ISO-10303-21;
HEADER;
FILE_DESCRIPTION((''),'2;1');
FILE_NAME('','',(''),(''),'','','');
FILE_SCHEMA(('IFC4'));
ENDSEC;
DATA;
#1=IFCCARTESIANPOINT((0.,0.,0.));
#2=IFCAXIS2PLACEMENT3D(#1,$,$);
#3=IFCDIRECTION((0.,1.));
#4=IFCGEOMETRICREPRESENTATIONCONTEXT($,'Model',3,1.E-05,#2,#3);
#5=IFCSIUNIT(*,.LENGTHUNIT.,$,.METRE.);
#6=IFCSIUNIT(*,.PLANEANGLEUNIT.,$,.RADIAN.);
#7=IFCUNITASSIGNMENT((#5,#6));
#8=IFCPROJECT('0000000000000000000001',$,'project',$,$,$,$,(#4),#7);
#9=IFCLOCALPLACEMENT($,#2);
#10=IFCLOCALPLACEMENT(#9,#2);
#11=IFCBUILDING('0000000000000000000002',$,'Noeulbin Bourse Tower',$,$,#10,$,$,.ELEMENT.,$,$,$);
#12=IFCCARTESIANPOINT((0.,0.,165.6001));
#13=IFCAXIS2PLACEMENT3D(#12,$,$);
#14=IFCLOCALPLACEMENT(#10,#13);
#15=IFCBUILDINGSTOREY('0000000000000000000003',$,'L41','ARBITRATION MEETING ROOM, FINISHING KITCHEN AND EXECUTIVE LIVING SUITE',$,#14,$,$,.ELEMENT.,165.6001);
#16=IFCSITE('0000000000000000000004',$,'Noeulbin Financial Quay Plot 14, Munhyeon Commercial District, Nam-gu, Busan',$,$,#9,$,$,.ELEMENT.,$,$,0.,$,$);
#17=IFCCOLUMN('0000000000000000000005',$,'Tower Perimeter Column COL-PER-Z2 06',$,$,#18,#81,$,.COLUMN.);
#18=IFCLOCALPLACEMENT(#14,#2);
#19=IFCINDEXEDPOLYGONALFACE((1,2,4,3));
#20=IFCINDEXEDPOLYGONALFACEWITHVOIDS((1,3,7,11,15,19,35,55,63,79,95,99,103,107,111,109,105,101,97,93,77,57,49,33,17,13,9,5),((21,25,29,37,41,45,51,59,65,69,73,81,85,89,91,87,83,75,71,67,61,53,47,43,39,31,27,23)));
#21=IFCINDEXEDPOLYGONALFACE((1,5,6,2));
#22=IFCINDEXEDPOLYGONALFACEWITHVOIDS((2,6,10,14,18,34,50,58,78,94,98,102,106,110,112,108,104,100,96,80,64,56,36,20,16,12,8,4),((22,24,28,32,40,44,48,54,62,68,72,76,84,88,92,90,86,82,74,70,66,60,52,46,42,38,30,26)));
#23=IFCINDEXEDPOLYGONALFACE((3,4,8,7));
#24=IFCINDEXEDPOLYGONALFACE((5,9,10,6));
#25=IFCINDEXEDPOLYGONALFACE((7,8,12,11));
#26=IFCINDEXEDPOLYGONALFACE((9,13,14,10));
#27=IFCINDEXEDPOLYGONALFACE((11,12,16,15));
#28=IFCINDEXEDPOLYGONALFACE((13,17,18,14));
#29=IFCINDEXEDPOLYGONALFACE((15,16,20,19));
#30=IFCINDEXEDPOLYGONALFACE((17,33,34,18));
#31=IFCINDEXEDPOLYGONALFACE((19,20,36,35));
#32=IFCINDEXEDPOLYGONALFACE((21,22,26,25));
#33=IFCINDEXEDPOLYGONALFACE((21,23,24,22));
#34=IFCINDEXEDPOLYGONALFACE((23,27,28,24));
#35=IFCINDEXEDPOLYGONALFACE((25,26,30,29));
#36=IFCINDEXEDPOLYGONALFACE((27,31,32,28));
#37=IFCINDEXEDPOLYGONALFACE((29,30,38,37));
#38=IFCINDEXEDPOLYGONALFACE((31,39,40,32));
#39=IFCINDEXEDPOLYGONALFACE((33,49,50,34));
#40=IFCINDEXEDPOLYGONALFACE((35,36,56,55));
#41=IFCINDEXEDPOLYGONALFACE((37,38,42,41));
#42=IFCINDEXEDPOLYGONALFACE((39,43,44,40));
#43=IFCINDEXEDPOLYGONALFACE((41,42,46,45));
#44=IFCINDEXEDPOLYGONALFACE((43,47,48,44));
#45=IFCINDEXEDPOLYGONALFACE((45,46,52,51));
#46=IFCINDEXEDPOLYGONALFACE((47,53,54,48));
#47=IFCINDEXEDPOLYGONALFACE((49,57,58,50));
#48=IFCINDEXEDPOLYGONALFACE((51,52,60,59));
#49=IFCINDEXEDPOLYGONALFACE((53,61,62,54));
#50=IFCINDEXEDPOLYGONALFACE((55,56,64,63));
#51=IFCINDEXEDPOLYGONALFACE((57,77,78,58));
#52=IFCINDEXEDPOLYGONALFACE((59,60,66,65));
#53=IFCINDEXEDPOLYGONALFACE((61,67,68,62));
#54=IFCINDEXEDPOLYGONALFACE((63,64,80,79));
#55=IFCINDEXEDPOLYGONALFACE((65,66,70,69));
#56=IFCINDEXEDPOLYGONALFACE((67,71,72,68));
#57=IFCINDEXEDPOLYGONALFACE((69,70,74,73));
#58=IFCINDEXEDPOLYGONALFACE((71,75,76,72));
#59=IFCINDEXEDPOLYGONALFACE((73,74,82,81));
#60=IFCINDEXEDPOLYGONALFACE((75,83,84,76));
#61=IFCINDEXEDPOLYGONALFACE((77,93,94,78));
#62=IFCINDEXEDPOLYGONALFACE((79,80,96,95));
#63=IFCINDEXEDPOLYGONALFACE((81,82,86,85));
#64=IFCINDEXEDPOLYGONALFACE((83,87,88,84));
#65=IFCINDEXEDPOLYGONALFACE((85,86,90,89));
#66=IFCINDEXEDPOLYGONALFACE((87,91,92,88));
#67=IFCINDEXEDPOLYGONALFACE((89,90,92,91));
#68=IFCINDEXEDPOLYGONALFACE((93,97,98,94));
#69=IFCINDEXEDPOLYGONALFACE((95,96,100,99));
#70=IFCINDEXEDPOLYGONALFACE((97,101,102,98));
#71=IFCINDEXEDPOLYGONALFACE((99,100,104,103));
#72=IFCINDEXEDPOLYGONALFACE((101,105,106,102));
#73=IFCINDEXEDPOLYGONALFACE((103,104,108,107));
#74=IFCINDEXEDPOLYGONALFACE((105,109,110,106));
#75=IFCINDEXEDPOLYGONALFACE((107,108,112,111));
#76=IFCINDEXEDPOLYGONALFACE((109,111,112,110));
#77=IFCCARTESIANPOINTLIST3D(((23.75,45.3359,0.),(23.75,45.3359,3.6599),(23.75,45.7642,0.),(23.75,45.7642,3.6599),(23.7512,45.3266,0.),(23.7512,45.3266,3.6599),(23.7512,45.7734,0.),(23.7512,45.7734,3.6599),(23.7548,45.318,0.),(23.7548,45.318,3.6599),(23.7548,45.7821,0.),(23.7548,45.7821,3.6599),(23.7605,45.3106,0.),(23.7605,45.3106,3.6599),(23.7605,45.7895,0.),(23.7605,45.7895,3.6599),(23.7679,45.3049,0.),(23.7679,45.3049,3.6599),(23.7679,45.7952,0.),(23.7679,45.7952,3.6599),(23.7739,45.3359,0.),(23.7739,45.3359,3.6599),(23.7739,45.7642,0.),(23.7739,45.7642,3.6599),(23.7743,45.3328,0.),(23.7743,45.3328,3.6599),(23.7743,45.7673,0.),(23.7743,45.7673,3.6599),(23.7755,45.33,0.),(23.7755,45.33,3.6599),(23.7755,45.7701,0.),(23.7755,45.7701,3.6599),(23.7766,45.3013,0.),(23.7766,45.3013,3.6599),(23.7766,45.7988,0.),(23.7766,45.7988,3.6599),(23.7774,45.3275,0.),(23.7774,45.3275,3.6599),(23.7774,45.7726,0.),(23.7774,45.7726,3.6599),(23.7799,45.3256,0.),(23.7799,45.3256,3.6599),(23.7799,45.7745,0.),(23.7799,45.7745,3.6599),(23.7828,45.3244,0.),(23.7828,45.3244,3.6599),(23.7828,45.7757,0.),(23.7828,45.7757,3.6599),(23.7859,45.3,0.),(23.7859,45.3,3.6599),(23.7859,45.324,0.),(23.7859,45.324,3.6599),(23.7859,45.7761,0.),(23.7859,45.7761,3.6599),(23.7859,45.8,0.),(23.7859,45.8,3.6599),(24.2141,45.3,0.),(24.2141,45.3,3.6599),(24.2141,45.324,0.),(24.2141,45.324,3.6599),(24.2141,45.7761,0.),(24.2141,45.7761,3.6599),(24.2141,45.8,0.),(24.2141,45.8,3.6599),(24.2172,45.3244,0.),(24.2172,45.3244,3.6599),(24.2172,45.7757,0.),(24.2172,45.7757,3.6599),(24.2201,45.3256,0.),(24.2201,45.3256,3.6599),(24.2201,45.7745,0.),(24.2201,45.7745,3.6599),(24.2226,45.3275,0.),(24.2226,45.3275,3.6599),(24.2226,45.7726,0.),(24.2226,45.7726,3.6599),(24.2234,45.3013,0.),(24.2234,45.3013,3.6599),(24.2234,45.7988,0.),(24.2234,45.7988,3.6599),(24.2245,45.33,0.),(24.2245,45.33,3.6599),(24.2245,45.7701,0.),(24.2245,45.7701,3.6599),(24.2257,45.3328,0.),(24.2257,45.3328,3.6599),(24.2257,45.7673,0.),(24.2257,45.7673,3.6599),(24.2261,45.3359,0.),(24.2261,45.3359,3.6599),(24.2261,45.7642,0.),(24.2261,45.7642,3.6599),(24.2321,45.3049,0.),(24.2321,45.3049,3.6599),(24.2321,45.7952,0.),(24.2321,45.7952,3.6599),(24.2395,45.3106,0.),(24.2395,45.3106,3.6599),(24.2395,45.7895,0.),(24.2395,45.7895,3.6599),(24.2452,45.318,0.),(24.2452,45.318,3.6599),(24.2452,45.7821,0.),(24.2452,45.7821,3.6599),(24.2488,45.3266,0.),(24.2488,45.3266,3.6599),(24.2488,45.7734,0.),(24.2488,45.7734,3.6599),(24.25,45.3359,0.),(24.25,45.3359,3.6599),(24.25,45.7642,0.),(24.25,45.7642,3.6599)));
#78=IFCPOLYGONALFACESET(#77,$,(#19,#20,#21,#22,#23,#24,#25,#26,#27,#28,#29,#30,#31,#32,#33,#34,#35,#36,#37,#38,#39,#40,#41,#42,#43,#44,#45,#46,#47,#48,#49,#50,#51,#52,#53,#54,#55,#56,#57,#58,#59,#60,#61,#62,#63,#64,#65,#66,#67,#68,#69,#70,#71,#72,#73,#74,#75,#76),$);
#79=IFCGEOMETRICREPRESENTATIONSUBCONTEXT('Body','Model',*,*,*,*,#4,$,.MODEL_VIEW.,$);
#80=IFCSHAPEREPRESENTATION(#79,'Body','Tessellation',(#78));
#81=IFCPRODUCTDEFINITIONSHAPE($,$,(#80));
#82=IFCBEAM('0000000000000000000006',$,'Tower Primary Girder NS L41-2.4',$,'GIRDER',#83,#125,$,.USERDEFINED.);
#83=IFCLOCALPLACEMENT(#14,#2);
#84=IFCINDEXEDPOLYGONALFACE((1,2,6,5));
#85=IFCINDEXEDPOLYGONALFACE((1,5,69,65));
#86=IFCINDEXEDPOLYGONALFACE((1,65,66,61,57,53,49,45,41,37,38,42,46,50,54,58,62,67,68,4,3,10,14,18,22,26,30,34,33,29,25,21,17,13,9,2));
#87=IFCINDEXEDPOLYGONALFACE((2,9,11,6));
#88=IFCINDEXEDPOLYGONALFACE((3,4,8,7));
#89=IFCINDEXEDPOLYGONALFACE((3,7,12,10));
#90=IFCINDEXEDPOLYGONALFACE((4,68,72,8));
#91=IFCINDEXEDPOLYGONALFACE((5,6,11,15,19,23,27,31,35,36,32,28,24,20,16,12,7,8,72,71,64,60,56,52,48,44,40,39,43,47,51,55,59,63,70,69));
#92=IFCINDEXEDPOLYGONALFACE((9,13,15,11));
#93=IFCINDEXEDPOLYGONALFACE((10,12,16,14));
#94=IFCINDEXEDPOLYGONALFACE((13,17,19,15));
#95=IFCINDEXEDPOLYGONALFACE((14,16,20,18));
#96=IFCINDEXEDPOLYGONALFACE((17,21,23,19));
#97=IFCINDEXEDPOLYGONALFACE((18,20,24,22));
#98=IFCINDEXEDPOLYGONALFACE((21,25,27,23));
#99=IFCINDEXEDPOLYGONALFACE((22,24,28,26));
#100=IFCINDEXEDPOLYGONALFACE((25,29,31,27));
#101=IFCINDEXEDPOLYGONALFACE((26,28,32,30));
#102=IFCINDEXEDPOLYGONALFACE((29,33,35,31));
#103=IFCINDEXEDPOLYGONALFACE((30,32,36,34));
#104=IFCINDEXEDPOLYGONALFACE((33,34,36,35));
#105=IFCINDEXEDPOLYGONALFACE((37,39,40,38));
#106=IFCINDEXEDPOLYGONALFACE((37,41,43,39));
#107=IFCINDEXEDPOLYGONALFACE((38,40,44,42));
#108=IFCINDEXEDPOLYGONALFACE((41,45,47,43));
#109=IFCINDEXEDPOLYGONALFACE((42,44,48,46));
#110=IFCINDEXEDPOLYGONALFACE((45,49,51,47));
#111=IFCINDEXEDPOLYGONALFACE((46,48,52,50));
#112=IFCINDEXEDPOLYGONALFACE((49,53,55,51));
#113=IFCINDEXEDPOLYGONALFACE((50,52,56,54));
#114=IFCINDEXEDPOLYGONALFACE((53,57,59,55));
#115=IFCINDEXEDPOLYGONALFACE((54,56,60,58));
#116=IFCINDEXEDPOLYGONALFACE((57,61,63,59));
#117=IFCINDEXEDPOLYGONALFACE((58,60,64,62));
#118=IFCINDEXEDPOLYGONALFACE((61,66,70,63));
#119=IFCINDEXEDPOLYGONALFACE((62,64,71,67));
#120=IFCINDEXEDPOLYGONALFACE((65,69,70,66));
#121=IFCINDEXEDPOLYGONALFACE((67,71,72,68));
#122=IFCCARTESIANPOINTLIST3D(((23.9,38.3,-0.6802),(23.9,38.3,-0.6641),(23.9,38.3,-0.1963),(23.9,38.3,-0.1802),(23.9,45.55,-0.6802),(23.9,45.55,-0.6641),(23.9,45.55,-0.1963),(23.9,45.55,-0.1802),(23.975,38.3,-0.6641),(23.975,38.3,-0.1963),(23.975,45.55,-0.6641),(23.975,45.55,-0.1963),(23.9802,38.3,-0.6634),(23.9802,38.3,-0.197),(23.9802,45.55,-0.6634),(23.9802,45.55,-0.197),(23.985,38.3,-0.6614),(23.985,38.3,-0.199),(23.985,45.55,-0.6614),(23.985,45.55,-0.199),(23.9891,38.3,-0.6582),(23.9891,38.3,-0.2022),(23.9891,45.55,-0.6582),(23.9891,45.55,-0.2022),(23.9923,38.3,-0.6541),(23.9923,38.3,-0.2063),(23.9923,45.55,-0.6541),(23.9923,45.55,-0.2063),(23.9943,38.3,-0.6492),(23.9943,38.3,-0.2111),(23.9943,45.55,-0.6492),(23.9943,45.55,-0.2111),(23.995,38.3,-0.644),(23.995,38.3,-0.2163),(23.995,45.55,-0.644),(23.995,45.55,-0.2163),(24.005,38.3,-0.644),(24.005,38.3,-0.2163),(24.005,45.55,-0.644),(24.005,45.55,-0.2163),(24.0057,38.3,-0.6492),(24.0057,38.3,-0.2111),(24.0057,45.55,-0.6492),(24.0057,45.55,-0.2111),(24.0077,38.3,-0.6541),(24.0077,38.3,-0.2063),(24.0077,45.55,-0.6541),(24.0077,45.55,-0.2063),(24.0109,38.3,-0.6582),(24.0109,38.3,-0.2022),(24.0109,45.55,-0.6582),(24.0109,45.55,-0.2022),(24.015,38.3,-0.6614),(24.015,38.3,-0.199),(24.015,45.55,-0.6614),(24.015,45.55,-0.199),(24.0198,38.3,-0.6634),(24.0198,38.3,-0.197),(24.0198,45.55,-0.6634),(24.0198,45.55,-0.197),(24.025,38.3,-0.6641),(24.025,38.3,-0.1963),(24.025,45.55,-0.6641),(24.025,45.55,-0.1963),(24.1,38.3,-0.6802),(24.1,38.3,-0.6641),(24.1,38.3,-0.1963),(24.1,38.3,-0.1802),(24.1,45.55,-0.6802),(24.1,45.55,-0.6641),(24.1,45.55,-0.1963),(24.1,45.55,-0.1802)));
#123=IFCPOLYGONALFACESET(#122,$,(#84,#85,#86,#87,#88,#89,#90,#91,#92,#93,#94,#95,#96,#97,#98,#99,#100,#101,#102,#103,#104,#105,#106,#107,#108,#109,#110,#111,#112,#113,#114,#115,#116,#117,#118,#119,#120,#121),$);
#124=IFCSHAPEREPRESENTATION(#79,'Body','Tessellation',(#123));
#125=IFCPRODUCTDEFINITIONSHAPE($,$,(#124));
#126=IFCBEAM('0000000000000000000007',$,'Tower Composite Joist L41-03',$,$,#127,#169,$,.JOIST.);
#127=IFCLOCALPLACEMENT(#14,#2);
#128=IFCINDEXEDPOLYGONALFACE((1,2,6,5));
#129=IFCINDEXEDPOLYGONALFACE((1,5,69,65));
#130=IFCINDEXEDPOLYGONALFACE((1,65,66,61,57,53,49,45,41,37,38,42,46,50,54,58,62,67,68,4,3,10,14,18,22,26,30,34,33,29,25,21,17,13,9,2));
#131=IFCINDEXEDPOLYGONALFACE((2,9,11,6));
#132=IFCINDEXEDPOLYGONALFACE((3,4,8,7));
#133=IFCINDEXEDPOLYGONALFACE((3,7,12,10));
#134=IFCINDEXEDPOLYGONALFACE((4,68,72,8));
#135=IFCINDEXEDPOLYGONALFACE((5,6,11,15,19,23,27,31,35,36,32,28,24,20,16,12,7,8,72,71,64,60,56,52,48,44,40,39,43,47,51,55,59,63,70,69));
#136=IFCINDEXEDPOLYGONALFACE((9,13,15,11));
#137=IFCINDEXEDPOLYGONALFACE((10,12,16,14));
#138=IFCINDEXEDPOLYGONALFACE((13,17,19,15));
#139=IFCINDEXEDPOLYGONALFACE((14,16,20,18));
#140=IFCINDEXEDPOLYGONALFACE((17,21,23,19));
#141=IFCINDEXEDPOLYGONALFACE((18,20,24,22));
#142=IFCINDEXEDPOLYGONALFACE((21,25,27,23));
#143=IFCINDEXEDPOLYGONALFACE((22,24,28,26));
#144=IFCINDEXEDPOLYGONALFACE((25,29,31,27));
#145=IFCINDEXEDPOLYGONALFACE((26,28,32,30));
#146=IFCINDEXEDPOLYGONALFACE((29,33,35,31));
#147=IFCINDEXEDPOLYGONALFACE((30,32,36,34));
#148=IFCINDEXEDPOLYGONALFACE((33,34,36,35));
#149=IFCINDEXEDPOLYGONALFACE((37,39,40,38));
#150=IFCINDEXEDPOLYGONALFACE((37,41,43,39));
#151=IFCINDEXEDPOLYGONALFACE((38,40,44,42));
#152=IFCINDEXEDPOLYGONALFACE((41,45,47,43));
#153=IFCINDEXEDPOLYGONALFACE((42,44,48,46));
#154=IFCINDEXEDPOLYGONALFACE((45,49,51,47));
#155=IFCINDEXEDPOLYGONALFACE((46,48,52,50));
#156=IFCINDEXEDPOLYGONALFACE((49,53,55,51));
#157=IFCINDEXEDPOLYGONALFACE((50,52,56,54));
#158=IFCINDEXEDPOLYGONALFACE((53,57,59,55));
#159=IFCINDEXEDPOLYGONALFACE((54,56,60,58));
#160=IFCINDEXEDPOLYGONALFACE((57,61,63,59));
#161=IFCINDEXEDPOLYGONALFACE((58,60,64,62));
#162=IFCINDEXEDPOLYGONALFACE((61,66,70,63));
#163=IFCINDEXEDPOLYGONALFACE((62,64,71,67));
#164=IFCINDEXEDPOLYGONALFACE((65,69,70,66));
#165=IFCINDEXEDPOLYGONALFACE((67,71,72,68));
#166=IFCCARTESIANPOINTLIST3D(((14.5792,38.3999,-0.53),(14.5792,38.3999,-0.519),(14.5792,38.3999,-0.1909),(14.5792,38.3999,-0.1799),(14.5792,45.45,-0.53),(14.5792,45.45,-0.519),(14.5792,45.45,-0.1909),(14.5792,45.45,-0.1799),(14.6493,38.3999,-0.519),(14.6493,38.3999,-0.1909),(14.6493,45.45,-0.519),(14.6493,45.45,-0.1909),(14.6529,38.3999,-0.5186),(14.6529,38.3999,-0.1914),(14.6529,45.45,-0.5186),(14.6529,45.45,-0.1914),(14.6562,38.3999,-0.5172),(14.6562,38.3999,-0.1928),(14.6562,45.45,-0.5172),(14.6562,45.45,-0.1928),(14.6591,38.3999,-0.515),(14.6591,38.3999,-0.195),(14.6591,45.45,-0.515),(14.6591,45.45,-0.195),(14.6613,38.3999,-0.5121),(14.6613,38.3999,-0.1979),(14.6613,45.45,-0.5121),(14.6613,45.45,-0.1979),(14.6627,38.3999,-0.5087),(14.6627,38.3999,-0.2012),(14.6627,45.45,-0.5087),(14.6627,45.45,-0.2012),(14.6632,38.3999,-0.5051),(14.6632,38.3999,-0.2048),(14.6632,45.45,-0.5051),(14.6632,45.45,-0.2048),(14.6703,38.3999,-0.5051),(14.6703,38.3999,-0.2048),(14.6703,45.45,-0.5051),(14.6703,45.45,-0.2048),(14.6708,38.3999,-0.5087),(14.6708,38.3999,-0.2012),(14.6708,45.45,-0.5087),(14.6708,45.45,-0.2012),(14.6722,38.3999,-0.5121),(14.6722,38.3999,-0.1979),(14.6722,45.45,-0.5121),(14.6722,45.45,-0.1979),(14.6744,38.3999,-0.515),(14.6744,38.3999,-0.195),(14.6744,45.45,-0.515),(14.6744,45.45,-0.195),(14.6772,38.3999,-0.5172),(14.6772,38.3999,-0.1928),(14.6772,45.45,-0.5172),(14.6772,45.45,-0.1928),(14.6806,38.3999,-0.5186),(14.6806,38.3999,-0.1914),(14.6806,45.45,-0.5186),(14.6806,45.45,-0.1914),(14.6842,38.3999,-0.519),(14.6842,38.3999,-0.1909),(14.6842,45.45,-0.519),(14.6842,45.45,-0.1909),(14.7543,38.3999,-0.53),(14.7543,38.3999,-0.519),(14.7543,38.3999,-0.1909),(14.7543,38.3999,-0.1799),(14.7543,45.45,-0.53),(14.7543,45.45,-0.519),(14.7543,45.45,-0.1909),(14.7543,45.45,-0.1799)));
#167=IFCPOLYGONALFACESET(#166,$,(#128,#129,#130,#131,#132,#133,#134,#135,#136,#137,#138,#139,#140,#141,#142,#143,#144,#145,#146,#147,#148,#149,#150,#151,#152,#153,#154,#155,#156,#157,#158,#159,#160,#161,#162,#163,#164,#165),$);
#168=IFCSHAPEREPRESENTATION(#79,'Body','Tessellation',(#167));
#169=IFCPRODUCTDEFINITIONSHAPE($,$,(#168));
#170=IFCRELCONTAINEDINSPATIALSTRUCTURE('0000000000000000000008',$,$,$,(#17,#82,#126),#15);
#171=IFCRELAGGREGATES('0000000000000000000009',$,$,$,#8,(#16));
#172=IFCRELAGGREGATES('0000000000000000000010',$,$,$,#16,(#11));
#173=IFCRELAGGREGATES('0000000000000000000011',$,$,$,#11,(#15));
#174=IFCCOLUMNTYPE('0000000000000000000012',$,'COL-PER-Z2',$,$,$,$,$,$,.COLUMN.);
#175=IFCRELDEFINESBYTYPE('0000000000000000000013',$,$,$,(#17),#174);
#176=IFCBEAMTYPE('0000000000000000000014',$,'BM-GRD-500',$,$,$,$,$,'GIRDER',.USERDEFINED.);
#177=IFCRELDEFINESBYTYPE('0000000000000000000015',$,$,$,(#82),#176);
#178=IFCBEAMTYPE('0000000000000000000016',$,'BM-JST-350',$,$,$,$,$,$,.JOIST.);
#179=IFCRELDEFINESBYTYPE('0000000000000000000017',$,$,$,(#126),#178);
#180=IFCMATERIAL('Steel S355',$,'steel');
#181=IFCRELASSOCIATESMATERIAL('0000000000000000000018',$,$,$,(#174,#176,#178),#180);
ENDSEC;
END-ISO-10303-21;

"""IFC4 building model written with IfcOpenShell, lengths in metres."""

from ifc_helpers import new_model, si_unit, direction, frame, origin, origin_2d, place, context, subcontext, project, spatial, hollow_rectangle, i_section, extrude, material, material_profile, profile_set, type_object, element, save


model = new_model("IFC4")

# Units and contexts
model_context = context("Model", 3, precision=1e-05, world=origin(), true_north=direction((0.0, 1.0)))
body_context = subcontext(model_context, "Body", "Model", "MODEL_VIEW")
ifc_project = project(units=[si_unit("LENGTHUNIT", "METRE"), si_unit("PLANEANGLEUNIT", "RADIAN")], contexts=[model_context])

# Site, building, storey
site_placement = place(None, origin())
site = spatial("IfcSite", under=ifc_project, at=site_placement, Name="Noeulbin Financial Quay Plot 14, Munhyeon Commercial District, Nam-gu, Busan", CompositionType="ELEMENT", RefElevation=0.0)
building_placement = place(site_placement, origin())
building = spatial("IfcBuilding", under=site, at=building_placement, Name="Noeulbin Bourse Tower", CompositionType="ELEMENT")
storey_placement = place(building_placement, frame((0.0, 0.0, 165.6001)))
storey = spatial("IfcBuildingStorey", under=building, at=storey_placement, Name="L41", Description="ARBITRATION MEETING ROOM, FINISHING KITCHEN AND EXECUTIVE LIVING SUITE", CompositionType="ELEMENT", Elevation=165.6001)

# Column
ifc_material_1 = material(Name="Steel S355", Category="steel")
ifc_material_profile_1 = material_profile(ifc_material_1, hollow_rectangle(XDim=0.5, YDim=0.5, WallThickness=0.0239, InnerFilletRadius=0.012, OuterFilletRadius=0.0359, at=origin_2d()), Name="BOX-500x500x24", Category="LoadBearing")
ifc_profile_set_1 = profile_set([ifc_material_profile_1], Name="Steel S355")
column_type = type_object("IfcColumnType", Name="COL-PER-Z2", PredefinedType="COLUMN", material=ifc_profile_set_1)
column_placement = place(storey_placement, frame((24.0, 45.55, 0.0), z_axis=(0.0, 0.0, 1.0), x_axis=(1.0, 0.0, 0.0)))
element("IfcColumn", 1, at=column_placement, inside=storey, type_object=column_type, Name="Tower Perimeter Column COL-PER-Z2 06", PredefinedType="COLUMN", context=body_context, shape_type="SweptSolid", body=[
    extrude(hollow_rectangle(XDim=0.5, YDim=0.5, WallThickness=0.0239, InnerFilletRadius=0.012, OuterFilletRadius=0.0359, at=origin_2d()), origin(), (0.0, 0.0, 1.0), 3.6599),
])

# Beams
ifc_material_profile_2 = material_profile(ifc_material_1, i_section(OverallWidth=0.2, OverallDepth=0.5, WebThickness=0.01, FlangeThickness=0.0161, FilletRadius=0.02, at=origin_2d()), Name="H-500x200x10x16", Category="LoadBearing")
ifc_profile_set_2 = profile_set([ifc_material_profile_2], Name="Steel S355")
beam_type_1 = type_object("IfcBeamType", Name="BM-GRD-500", ElementType="GIRDER", PredefinedType="USERDEFINED", material=ifc_profile_set_2)
beam_1_placement = place(storey_placement, frame((24.0, 38.3, -0.4302), z_axis=(0.0, 1.0, 0.0), x_axis=(-1.0, 0.0, 0.0)))
element("IfcBeam", 2, at=beam_1_placement, inside=storey, type_object=beam_type_1, Name="Tower Primary Girder NS L41-2.4", ObjectType="GIRDER", PredefinedType="USERDEFINED", context=body_context, shape_type="SweptSolid", body=[
    extrude(i_section(OverallWidth=0.2, OverallDepth=0.5, WebThickness=0.01, FlangeThickness=0.0161, FilletRadius=0.02, at=origin_2d()), origin(), (0.0, 0.0, 1.0), 7.25),
])
ifc_material_profile_3 = material_profile(ifc_material_1, i_section(OverallWidth=0.175, OverallDepth=0.3501, WebThickness=0.0071, FlangeThickness=0.011, FilletRadius=0.0139, at=origin_2d()), Name="H-350x175x7x11", Category="LoadBearing")
ifc_profile_set_3 = profile_set([ifc_material_profile_3], Name="Steel S355")
beam_type_2 = type_object("IfcBeamType", Name="BM-JST-350", PredefinedType="JOIST", material=ifc_profile_set_3)
for number, where, z_axis, x_axis, name in (
    (3, (14.6667, 38.3999, -0.355), (0.0, 1.0, 0.0), (-1.0, 0.0, 0.0), "Tower Composite Joist L41-03"),
):
    element("IfcBeam", number, at=place(storey_placement, frame(where, z_axis=z_axis, x_axis=x_axis)), inside=storey, type_object=beam_type_2, Name=name, PredefinedType="JOIST", context=body_context, shape_type="SweptSolid", body=[
        extrude(i_section(OverallWidth=0.175, OverallDepth=0.3501, WebThickness=0.0071, FlangeThickness=0.011, FilletRadius=0.0139, at=origin_2d()), origin(), (0.0, 0.0, 1.0), 7.05),
    ])

save(model, "model.ifc")
